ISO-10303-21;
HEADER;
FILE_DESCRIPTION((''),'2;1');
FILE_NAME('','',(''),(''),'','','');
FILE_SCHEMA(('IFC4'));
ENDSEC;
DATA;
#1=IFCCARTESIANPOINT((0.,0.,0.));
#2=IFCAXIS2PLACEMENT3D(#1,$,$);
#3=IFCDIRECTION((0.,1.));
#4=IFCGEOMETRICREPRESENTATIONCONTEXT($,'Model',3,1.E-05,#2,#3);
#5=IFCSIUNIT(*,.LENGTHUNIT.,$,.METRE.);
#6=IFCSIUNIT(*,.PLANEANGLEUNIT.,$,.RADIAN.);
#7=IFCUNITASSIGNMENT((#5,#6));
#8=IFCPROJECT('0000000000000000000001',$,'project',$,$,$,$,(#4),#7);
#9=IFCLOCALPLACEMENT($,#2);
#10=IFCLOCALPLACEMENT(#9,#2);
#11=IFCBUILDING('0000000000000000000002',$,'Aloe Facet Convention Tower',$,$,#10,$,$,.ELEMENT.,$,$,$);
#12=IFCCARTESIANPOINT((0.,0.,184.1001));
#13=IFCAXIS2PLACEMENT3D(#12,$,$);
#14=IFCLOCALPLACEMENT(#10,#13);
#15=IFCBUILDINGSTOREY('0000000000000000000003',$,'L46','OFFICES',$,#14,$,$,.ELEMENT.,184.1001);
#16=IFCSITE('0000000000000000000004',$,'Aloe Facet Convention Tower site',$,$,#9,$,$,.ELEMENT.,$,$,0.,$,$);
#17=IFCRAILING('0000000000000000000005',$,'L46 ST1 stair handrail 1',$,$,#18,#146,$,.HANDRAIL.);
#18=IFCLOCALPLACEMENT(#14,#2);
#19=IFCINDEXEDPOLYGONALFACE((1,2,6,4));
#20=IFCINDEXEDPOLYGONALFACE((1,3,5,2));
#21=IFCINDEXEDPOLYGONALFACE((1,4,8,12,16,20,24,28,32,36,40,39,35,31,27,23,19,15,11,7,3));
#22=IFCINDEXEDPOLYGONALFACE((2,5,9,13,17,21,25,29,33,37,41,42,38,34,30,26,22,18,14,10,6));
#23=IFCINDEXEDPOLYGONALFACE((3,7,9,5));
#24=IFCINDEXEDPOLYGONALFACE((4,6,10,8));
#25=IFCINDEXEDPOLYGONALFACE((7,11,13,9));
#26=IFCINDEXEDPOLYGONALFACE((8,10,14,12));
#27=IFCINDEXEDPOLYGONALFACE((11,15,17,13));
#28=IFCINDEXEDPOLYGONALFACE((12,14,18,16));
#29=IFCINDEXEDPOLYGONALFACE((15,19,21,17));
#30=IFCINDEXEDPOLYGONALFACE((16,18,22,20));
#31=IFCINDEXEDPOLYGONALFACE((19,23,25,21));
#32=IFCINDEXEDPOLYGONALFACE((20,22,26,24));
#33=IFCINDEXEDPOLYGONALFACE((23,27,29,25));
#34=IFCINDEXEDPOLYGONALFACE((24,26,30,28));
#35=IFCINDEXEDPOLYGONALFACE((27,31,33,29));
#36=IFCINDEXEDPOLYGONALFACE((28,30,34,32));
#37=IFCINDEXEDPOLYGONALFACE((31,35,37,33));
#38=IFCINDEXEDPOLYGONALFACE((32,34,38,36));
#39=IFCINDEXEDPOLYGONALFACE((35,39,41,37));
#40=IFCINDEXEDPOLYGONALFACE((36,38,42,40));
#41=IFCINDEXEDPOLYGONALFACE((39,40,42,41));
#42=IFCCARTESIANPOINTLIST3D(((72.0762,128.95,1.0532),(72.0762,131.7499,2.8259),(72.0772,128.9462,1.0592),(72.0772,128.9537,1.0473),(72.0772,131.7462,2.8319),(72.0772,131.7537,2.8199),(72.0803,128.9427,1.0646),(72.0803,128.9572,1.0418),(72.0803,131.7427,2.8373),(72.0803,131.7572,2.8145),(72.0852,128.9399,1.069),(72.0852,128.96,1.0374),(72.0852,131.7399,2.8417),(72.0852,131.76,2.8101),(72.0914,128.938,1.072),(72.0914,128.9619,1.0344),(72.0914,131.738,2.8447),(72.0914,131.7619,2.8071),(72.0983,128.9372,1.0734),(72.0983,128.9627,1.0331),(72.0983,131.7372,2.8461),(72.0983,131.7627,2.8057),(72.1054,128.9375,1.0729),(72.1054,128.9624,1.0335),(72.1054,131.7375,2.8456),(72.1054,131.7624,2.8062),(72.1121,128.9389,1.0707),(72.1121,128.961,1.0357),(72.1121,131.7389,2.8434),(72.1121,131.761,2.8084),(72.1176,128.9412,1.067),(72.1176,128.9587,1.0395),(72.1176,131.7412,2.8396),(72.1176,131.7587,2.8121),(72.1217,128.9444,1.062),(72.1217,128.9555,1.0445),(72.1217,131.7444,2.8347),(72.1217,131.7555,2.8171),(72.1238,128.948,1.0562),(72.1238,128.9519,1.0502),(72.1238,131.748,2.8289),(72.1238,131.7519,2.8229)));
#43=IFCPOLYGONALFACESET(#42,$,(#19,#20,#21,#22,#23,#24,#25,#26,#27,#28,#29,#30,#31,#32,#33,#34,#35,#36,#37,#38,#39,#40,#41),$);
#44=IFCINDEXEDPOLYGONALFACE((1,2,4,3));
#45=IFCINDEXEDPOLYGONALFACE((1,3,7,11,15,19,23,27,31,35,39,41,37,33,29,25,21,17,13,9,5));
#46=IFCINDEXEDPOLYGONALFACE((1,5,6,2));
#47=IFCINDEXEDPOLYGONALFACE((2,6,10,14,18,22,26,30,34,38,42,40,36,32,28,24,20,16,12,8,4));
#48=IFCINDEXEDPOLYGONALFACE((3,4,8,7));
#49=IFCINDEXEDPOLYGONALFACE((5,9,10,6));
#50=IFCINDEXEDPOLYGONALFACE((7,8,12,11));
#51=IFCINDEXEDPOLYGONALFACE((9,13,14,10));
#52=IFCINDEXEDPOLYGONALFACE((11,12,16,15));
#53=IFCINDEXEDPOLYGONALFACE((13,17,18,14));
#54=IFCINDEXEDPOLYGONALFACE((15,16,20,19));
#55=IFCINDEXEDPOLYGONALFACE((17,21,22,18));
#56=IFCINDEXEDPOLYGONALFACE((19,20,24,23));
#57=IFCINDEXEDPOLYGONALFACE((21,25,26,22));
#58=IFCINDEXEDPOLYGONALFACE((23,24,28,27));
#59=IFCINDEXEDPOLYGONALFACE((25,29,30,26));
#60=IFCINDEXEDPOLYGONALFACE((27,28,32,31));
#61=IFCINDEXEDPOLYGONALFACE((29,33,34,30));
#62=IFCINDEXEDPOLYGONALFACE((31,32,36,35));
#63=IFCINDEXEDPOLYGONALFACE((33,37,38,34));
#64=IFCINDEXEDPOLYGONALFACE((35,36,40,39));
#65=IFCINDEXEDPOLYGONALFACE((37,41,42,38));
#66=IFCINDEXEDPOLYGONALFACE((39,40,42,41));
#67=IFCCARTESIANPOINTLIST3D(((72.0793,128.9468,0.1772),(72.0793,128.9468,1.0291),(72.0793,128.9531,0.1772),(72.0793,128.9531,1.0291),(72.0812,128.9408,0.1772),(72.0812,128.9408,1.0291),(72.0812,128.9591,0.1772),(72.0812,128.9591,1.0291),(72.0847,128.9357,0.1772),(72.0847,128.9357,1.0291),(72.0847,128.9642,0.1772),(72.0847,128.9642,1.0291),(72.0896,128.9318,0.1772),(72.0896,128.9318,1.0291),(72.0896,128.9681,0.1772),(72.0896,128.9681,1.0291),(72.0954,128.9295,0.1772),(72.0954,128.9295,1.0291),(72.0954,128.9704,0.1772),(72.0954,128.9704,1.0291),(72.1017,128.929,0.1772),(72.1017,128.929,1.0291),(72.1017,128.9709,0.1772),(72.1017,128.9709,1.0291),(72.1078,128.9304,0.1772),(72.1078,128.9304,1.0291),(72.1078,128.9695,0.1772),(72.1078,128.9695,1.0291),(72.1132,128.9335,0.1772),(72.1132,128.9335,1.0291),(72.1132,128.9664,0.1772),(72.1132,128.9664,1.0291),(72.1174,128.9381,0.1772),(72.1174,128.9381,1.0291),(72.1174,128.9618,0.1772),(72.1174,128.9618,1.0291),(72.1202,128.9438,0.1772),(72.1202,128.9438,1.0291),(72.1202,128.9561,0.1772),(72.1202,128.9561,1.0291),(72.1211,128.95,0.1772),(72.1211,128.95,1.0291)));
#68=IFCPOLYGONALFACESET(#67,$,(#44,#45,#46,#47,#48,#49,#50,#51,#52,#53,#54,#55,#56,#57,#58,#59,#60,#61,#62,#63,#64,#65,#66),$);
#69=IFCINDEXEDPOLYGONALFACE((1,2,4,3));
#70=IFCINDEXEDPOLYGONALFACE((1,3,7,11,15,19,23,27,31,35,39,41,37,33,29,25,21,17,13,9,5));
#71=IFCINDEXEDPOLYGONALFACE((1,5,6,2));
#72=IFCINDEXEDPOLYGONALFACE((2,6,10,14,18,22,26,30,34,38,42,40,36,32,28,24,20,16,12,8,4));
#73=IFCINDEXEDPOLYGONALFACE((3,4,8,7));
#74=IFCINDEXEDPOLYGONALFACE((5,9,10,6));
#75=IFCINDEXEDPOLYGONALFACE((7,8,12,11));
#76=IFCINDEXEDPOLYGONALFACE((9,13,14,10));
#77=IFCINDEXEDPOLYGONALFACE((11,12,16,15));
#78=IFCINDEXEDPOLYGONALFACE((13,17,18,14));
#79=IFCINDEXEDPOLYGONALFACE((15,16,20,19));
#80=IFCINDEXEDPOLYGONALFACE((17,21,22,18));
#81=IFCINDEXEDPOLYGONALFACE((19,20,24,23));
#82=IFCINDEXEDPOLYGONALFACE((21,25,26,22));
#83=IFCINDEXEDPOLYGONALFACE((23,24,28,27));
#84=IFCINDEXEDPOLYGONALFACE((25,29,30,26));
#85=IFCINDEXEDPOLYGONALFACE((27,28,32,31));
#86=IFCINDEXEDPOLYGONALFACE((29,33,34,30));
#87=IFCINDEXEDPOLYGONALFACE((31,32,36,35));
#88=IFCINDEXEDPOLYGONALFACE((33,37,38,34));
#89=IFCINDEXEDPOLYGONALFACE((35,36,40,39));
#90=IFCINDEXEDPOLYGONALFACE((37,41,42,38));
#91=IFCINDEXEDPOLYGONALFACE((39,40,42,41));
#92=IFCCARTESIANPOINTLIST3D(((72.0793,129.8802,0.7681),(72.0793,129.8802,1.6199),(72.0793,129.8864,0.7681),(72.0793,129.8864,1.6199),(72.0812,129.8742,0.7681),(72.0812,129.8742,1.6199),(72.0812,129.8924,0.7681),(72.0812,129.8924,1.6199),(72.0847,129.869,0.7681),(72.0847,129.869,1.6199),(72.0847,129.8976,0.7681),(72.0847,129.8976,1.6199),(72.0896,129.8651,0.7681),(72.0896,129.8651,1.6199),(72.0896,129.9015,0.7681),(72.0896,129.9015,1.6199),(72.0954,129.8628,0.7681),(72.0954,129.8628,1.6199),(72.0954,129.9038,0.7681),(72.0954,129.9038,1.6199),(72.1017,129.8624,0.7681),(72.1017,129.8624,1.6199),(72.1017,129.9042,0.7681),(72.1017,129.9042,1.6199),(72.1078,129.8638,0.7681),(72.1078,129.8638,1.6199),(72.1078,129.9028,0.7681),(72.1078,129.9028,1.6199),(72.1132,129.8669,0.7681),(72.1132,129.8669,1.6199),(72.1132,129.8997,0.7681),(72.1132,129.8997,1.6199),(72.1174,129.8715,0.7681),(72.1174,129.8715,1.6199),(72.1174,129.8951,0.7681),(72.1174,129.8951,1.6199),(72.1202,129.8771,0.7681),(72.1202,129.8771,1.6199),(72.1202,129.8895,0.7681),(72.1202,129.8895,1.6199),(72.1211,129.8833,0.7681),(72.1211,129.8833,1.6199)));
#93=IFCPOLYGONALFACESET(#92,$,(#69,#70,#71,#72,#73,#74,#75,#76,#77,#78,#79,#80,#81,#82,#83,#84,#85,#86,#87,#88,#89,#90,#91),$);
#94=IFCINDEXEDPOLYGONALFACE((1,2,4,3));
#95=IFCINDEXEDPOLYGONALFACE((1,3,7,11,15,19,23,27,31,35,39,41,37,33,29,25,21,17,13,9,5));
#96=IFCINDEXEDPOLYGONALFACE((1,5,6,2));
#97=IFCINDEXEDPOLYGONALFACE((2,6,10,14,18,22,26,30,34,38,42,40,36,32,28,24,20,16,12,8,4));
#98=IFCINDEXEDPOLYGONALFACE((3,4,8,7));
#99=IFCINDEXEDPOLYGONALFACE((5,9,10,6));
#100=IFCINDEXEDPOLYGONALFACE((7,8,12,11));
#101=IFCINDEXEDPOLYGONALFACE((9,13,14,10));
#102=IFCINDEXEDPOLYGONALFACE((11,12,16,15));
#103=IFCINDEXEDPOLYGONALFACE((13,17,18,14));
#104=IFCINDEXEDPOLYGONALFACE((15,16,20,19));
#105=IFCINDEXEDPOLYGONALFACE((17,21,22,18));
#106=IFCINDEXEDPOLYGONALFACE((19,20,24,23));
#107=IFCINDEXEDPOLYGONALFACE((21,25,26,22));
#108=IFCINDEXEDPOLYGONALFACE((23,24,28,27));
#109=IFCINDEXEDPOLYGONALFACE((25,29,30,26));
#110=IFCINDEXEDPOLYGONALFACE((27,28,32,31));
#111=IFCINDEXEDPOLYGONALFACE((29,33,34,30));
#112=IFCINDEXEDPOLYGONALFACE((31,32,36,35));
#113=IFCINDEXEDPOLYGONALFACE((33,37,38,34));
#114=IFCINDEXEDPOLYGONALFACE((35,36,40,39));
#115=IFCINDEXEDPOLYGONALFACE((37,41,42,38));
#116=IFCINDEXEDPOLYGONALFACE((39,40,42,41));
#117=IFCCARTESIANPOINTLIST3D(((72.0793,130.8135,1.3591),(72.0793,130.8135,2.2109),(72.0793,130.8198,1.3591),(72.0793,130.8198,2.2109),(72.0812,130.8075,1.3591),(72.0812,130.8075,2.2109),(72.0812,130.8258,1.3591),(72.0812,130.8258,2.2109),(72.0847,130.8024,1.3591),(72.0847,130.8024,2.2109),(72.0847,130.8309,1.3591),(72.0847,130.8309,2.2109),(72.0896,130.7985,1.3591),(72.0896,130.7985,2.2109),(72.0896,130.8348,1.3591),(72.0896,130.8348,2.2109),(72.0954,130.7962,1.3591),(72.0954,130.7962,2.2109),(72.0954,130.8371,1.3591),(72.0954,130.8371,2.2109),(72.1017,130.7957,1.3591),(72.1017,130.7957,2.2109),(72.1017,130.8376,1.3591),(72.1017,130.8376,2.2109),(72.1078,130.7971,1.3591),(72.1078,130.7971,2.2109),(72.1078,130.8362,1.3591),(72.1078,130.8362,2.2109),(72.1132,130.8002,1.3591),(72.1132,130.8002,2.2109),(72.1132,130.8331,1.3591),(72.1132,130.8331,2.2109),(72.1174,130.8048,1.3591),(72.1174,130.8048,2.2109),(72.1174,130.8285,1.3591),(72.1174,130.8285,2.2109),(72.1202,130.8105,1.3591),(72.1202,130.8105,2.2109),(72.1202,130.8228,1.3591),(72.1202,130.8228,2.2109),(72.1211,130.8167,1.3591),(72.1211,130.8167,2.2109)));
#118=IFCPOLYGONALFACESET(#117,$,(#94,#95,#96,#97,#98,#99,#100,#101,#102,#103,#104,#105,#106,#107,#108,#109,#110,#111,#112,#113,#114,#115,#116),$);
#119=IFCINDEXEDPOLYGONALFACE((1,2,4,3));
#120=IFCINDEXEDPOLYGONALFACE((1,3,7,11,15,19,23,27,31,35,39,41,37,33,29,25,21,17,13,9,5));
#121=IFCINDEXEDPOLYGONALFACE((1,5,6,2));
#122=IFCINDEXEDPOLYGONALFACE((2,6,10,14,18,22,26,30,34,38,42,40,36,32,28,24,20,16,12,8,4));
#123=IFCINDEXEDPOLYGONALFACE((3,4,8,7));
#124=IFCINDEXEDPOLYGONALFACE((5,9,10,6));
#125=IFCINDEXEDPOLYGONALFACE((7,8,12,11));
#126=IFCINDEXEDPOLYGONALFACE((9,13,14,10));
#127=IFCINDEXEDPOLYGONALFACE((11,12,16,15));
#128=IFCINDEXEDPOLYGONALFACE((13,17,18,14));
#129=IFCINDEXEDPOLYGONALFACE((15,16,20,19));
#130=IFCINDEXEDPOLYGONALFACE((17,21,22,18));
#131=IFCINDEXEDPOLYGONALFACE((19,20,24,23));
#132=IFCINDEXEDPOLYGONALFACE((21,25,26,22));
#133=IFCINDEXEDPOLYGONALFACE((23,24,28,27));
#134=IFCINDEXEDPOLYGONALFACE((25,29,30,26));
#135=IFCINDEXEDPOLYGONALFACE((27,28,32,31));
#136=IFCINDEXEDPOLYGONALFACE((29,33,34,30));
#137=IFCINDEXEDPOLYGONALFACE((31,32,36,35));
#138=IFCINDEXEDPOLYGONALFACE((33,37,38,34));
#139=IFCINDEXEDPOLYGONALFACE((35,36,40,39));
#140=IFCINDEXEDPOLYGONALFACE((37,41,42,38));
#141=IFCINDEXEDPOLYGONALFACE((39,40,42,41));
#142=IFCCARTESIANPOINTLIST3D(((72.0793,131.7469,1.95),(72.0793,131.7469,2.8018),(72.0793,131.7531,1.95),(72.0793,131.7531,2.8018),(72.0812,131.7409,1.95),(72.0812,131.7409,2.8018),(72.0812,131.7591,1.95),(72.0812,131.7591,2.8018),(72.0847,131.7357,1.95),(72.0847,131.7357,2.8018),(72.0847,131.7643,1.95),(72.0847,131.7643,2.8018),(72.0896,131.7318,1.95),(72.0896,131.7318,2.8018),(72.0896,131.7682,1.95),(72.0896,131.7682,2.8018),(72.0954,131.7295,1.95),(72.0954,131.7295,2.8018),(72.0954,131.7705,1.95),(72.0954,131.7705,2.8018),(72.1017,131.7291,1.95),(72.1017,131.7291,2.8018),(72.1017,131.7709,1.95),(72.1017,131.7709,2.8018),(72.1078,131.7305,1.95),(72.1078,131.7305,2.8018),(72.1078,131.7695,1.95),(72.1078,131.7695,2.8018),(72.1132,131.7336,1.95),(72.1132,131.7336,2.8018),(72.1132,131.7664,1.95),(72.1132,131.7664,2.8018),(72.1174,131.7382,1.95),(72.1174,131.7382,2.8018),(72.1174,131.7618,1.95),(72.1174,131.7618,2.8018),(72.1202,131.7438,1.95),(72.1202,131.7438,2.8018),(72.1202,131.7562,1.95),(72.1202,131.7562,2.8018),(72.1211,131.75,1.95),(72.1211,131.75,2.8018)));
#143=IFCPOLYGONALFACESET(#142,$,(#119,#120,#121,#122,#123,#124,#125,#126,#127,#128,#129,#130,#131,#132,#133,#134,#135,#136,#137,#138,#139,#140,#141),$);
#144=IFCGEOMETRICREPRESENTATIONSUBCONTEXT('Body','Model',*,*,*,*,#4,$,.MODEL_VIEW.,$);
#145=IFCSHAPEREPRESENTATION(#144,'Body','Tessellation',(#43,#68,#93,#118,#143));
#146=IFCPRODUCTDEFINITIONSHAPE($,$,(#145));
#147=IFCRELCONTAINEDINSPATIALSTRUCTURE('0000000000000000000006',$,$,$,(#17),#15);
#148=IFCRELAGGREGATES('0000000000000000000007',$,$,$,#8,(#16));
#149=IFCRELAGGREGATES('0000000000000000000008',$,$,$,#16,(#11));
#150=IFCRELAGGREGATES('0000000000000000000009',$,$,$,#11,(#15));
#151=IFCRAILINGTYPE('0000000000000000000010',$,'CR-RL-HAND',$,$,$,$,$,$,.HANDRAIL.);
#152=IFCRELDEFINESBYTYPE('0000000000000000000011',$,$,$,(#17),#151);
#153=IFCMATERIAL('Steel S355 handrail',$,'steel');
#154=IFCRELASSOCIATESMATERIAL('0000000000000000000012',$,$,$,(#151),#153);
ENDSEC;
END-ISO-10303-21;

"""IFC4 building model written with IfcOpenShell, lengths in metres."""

from ifc_helpers import new_model, si_unit, direction, frame, origin, origin_2d, place, context, subcontext, project, spatial, circle, extrude, material, type_object, element, save


model = new_model("IFC4")

# Units and contexts
model_context = context("Model", 3, precision=1e-05, world=origin(), true_north=direction((0.0, 1.0)))
body_context = subcontext(model_context, "Body", "Model", "MODEL_VIEW")
ifc_project = project(units=[si_unit("LENGTHUNIT", "METRE"), si_unit("PLANEANGLEUNIT", "RADIAN")], contexts=[model_context])

# Site, building, storey
site_placement = place(None, origin())
site = spatial("IfcSite", under=ifc_project, at=site_placement, Name="Aloe Facet Convention Tower site", CompositionType="ELEMENT", RefElevation=0.0)
building_placement = place(site_placement, origin())
building = spatial("IfcBuilding", under=site, at=building_placement, Name="Aloe Facet Convention Tower", CompositionType="ELEMENT")
storey_placement = place(building_placement, frame((0.0, 0.0, 184.1001)))
storey = spatial("IfcBuildingStorey", under=building, at=storey_placement, Name="L46", Description="OFFICES", CompositionType="ELEMENT", Elevation=184.1001)

# Railing
ifc_material_1 = material(Name="Steel S355 handrail", Category="steel")
railing_type_1 = type_object("IfcRailingType", Name="CR-RL-HAND", PredefinedType="HANDRAIL", material=ifc_material_1)
railing_1_placement = place(storey_placement, frame((72.1001, 128.95, 0.1772)))
element("IfcRailing", 1, at=railing_1_placement, inside=storey, type_object=railing_type_1, Name="L46 ST1 stair handrail 1", PredefinedType="HANDRAIL", context=body_context, shape_type="SweptSolid", body=[
    extrude(circle(Radius=0.0239, at=origin_2d()), frame((0.0, 0.0, 0.876), z_axis=(0.0, 0.844909, 0.53491), x_axis=(-1.0, 0.0, 0.0)), (0.0, 0.0, 1.0), 3.314),
    extrude(circle(Radius=0.021, at=origin_2d()), origin(), (0.0, 0.0, 1.0), 0.8518),
    extrude(circle(Radius=0.021, at=origin_2d()), frame((0.0, 0.9333, 0.5908)), (0.0, 0.0, 1.0), 0.8518),
    extrude(circle(Radius=0.021, at=origin_2d()), frame((0.0, 1.8667, 1.1819)), (0.0, 0.0, 1.0), 0.8518),
    extrude(circle(Radius=0.021, at=origin_2d()), frame((0.0, 2.8, 1.7727)), (0.0, 0.0, 1.0), 0.8518),
])

save(model, "model.ifc")
